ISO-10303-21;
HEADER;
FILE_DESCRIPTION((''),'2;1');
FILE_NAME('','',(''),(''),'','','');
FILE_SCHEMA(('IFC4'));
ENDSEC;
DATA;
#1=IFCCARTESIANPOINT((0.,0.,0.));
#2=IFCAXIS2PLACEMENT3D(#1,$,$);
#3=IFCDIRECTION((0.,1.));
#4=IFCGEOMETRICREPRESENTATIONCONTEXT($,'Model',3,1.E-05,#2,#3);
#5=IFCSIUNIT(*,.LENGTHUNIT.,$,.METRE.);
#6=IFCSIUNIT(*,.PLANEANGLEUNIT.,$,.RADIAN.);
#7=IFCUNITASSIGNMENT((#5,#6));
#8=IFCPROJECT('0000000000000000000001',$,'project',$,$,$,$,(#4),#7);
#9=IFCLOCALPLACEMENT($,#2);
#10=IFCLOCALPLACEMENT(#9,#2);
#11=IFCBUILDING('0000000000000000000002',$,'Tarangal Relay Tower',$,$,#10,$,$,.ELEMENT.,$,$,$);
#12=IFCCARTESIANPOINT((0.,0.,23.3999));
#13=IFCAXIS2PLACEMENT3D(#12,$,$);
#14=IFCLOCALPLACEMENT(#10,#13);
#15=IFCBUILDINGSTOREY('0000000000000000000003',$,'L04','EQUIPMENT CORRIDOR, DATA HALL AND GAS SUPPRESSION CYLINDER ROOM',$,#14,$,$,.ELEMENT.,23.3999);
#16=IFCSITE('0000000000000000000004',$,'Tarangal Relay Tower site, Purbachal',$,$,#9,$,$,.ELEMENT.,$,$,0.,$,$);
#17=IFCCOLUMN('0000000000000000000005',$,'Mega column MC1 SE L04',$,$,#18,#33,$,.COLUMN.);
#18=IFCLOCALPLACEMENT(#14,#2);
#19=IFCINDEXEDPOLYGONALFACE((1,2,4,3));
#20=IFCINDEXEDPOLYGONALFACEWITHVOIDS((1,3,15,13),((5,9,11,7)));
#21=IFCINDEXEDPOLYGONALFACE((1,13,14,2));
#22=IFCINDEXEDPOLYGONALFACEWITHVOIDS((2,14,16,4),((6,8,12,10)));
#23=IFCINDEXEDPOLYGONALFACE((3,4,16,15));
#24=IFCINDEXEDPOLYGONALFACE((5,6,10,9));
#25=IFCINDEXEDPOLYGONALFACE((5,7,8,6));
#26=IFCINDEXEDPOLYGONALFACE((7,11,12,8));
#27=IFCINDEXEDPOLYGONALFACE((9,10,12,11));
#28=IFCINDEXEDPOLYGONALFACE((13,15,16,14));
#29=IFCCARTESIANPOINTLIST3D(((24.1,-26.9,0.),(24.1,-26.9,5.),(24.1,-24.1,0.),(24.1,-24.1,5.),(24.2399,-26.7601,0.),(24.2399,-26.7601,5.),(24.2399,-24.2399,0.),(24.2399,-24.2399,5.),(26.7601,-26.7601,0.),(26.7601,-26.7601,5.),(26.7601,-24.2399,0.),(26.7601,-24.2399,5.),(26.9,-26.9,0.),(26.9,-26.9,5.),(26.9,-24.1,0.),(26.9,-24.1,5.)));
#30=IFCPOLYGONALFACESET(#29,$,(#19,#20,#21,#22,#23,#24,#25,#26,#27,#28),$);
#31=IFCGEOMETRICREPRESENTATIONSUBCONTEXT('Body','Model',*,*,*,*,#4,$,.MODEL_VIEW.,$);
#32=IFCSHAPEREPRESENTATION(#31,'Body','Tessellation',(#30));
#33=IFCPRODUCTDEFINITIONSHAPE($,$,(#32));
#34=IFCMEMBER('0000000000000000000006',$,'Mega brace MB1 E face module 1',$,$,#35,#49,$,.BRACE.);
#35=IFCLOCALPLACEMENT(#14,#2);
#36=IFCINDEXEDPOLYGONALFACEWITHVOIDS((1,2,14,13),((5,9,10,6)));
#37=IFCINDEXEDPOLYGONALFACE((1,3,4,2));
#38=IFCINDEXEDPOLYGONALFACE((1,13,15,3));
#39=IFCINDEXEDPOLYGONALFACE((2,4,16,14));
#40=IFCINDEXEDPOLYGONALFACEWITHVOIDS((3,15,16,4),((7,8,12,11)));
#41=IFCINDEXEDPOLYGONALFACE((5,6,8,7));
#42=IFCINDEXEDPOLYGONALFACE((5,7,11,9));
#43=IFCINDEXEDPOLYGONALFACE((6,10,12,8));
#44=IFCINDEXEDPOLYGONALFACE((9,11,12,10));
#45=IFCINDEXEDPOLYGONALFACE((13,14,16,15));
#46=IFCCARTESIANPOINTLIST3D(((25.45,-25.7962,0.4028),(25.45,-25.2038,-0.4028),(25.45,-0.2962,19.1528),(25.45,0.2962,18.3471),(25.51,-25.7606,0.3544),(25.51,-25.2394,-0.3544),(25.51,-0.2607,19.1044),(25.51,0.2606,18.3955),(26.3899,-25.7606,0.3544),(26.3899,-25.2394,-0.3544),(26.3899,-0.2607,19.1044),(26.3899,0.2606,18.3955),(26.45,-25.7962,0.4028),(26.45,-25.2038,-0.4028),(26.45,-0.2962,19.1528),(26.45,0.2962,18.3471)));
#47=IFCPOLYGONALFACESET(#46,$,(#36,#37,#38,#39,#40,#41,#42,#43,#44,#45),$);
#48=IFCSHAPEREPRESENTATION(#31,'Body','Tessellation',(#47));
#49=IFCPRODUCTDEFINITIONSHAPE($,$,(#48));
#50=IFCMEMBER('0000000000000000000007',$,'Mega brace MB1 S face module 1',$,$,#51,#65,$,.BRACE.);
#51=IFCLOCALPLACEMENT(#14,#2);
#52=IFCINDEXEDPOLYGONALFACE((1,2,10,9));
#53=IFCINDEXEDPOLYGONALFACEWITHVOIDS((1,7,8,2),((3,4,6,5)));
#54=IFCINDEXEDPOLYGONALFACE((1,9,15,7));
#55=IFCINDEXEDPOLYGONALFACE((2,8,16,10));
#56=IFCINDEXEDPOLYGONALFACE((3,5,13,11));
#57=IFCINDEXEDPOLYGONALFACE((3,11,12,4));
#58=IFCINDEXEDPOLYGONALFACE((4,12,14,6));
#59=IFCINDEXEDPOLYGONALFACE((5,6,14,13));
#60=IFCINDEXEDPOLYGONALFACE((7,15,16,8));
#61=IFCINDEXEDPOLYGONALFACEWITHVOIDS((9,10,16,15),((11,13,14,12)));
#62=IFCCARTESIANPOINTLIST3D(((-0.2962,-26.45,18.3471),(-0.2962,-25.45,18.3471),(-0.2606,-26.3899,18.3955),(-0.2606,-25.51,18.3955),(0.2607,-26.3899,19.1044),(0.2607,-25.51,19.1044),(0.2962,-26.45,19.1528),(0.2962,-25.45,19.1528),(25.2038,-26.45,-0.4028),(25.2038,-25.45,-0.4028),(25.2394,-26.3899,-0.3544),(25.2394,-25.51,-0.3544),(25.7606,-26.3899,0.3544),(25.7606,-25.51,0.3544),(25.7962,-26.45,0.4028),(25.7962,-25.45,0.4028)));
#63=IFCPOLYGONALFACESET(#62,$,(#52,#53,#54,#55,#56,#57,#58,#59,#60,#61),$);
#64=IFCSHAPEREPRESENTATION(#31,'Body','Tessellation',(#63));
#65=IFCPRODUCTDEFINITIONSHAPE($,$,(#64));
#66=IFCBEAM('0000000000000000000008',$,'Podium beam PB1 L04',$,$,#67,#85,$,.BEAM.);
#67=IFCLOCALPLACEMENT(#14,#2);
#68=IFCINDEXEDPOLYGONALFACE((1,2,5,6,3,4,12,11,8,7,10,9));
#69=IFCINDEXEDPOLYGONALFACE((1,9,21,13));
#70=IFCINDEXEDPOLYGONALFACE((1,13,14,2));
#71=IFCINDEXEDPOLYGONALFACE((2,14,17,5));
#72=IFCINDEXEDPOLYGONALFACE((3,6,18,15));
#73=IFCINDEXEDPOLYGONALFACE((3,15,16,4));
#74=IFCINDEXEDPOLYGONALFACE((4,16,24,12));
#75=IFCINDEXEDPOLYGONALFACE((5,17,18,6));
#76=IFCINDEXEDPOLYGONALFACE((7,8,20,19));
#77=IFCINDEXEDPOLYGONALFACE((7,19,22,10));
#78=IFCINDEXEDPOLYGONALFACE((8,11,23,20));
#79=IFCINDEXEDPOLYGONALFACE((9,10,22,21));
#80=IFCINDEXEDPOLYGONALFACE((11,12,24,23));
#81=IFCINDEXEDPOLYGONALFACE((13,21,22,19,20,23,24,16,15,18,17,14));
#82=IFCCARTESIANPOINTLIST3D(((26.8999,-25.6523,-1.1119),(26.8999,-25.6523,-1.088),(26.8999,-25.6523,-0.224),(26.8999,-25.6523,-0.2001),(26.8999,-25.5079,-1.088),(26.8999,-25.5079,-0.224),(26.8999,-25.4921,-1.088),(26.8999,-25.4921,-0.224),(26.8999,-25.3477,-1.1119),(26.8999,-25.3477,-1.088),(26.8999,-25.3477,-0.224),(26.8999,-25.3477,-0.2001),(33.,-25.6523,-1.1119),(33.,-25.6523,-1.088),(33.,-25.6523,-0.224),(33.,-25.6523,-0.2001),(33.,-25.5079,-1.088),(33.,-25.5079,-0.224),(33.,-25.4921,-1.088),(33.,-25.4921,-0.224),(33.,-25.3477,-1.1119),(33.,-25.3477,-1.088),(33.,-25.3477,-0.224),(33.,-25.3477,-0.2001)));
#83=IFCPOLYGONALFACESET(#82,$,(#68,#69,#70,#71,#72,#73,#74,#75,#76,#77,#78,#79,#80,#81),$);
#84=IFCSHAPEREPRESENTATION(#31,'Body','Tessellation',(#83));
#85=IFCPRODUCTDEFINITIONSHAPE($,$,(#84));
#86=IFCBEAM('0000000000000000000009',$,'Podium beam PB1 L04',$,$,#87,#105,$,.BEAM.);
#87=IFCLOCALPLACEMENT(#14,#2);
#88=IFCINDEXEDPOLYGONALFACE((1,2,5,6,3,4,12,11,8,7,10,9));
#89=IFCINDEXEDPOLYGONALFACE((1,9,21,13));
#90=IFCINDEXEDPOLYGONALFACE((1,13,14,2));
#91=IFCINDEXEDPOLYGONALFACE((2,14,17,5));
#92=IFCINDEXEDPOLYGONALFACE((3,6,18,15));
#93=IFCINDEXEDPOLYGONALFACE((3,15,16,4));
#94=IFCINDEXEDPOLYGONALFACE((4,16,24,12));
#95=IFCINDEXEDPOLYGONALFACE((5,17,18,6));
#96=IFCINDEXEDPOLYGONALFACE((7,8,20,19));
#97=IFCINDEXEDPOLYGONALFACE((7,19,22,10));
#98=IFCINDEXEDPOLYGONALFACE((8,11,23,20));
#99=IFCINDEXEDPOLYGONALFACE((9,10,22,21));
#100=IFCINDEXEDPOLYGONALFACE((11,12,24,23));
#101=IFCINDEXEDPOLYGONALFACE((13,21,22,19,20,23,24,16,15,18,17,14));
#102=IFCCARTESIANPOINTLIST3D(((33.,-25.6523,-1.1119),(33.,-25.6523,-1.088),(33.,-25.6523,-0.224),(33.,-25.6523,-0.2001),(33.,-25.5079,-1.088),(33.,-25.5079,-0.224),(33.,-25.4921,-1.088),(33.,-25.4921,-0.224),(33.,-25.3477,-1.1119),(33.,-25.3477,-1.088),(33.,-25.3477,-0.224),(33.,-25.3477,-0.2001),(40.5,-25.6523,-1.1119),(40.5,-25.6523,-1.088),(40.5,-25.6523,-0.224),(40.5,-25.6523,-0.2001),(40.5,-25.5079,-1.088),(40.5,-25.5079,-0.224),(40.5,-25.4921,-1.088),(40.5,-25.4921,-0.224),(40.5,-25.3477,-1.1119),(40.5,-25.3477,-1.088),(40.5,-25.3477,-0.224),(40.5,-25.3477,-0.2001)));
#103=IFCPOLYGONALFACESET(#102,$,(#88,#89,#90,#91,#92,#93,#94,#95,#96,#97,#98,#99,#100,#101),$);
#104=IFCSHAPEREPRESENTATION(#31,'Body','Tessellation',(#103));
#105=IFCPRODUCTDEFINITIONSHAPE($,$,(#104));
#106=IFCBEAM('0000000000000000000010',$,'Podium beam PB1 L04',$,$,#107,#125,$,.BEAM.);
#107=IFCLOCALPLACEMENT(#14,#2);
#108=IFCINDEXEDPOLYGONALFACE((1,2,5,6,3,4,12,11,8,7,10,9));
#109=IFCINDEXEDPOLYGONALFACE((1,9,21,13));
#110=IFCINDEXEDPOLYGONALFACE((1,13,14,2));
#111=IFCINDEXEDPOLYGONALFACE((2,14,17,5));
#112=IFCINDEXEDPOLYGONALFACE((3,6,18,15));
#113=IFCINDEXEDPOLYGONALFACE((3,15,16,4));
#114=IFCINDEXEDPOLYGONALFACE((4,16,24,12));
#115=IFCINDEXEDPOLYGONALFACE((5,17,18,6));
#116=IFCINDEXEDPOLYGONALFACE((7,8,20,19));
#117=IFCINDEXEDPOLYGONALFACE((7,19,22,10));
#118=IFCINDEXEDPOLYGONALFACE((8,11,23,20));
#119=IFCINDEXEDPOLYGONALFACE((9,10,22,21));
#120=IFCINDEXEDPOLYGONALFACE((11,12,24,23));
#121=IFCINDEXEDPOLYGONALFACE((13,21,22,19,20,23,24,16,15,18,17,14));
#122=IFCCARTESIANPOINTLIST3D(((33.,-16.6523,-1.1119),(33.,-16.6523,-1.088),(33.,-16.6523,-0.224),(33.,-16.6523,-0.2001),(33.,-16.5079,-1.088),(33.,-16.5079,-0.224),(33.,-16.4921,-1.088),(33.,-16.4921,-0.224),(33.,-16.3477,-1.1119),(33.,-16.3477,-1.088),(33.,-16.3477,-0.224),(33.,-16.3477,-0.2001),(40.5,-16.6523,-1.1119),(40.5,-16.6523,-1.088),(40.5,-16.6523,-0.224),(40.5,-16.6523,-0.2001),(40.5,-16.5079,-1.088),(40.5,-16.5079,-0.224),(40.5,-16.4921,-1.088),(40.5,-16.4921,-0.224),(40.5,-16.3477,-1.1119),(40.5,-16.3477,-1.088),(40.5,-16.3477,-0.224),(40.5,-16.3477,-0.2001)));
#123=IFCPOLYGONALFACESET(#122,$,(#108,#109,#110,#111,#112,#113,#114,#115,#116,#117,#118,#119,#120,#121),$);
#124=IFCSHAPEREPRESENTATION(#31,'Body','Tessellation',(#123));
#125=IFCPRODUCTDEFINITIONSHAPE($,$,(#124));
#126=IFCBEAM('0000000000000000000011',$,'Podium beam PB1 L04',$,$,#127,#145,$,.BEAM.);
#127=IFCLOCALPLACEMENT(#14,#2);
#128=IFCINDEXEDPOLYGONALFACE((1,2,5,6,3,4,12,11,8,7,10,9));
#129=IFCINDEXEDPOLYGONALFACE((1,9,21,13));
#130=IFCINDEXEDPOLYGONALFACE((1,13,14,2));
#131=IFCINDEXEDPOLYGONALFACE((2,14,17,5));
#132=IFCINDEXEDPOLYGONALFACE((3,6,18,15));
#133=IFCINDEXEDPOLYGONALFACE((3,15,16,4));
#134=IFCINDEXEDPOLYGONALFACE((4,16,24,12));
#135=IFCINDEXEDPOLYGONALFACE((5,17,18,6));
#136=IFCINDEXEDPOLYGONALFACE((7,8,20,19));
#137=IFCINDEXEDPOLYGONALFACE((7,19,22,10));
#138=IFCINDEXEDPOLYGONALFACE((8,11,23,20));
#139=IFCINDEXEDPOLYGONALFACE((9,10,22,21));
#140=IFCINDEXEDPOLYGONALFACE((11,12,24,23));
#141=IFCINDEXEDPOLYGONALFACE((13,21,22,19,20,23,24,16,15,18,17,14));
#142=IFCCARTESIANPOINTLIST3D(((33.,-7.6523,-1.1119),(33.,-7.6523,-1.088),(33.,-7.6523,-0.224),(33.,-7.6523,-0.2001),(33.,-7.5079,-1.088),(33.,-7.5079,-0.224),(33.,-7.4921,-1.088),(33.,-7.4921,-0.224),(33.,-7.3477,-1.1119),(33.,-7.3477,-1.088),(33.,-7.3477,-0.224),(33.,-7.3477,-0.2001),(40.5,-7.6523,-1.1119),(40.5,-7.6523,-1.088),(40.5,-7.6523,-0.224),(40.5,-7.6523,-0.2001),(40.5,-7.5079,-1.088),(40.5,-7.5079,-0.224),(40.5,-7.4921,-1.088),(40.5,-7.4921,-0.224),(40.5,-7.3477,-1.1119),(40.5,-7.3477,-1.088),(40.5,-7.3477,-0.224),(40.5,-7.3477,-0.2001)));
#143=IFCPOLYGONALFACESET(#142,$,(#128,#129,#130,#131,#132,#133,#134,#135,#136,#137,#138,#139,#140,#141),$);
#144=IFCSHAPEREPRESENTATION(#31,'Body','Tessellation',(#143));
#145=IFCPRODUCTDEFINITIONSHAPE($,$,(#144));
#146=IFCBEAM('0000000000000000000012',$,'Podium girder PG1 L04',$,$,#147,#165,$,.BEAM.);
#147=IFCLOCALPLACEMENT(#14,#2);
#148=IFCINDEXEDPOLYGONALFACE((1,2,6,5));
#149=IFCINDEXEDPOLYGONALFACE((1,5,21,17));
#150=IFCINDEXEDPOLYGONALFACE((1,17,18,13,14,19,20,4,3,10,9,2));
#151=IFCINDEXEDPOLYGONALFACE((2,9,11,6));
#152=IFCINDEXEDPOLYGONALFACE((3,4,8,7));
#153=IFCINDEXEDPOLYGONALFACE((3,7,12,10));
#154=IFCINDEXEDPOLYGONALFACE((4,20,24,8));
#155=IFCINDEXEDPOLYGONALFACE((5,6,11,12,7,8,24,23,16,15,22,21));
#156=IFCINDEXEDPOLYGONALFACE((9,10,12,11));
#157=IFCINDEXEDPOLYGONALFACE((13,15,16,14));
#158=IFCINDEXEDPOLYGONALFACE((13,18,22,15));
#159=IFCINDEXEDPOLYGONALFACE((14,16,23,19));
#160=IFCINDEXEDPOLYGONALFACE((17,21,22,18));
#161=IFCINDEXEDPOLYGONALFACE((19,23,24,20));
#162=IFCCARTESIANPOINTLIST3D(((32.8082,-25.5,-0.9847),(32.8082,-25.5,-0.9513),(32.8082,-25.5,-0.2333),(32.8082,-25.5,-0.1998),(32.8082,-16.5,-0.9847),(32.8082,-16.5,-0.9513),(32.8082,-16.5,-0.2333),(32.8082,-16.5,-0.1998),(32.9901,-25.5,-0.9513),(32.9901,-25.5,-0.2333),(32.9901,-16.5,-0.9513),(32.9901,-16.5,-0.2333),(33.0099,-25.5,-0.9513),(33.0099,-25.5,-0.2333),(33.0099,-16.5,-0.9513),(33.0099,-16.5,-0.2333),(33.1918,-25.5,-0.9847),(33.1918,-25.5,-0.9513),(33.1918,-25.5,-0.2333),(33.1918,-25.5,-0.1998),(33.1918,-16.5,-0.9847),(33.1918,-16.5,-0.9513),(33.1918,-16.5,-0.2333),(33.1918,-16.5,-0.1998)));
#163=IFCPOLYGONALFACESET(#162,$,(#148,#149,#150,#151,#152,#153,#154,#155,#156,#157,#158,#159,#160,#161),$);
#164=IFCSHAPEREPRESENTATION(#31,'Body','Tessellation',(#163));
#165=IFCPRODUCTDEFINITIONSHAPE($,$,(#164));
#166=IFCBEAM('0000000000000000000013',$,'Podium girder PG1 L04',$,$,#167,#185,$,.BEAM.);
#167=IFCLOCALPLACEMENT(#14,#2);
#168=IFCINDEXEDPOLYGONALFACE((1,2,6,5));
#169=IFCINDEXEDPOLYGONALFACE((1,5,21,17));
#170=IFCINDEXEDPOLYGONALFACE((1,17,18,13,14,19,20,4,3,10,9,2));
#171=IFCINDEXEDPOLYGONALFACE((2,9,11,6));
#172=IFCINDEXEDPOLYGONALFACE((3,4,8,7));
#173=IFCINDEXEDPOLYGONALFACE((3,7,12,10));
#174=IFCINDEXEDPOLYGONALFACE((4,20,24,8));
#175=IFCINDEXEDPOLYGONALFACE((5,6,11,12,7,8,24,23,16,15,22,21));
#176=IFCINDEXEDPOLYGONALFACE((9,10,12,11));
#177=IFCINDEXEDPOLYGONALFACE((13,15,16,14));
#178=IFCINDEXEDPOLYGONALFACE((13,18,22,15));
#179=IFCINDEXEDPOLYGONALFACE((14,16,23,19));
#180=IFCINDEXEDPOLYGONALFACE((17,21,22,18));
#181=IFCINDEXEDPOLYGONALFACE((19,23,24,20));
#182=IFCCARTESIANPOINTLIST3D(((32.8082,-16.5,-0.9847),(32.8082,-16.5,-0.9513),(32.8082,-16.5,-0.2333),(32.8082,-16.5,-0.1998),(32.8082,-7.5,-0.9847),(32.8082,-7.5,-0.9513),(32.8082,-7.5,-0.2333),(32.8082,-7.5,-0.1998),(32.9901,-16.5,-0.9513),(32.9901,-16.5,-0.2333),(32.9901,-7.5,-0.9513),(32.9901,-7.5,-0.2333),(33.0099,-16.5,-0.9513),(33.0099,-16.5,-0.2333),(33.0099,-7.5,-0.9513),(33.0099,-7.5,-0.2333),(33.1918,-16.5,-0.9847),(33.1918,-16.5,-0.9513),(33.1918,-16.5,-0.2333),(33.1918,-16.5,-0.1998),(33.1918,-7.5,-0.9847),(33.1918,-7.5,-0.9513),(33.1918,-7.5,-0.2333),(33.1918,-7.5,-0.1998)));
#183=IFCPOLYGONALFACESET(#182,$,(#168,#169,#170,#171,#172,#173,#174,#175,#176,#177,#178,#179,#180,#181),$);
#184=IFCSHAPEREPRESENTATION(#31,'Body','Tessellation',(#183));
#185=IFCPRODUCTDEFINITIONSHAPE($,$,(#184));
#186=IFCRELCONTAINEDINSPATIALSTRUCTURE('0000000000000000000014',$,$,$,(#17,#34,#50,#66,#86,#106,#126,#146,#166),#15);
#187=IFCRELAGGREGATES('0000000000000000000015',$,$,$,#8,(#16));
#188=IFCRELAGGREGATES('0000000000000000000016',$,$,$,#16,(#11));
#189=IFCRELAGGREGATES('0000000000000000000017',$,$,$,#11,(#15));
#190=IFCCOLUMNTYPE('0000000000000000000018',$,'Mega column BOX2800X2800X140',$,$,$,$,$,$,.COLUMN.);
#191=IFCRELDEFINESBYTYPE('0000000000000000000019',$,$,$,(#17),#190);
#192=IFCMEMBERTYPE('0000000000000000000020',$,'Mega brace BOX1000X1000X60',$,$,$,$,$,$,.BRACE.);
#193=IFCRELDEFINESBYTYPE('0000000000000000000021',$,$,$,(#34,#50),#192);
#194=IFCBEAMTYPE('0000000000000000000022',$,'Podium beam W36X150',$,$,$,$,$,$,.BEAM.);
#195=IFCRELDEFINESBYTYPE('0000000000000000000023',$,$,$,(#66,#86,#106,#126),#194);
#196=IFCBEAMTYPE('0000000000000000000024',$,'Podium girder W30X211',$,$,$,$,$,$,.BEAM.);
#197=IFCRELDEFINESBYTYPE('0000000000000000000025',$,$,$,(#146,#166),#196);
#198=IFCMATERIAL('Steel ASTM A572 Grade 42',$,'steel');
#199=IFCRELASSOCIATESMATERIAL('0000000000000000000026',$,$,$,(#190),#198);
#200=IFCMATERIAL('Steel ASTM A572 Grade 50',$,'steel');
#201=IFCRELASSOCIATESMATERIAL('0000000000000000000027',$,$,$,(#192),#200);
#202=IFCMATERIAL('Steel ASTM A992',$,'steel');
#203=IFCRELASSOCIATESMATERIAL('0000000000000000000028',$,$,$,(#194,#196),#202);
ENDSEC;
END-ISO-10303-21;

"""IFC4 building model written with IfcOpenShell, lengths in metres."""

from ifc_helpers import new_model, si_unit, direction, frame, origin, origin_2d, place, context, subcontext, project, spatial, hollow_rectangle, i_section, extrude, material, material_profile, profile_set, type_object, element, save


model = new_model("IFC4")

# Units and contexts
model_context = context("Model", 3, precision=1e-05, world=origin(), true_north=direction((0.0, 1.0)))
body_context = subcontext(model_context, "Body", "Model", "MODEL_VIEW")
ifc_project = project(units=[si_unit("LENGTHUNIT", "METRE"), si_unit("PLANEANGLEUNIT", "RADIAN")], contexts=[model_context])

# Site, building, storey
site_placement = place(None, origin())
site = spatial("IfcSite", under=ifc_project, at=site_placement, Name="Tarangal Relay Tower site, Purbachal", CompositionType="ELEMENT", RefElevation=0.0)
building_placement = place(site_placement, origin())
building = spatial("IfcBuilding", under=site, at=building_placement, Name="Tarangal Relay Tower", CompositionType="ELEMENT")
storey_placement = place(building_placement, frame((0.0, 0.0, 23.3999)))
storey = spatial("IfcBuildingStorey", under=building, at=storey_placement, Name="L04", Description="EQUIPMENT CORRIDOR, DATA HALL AND GAS SUPPRESSION CYLINDER ROOM", CompositionType="ELEMENT", Elevation=23.3999)

# Column
ifc_material_1 = material(Name="Steel ASTM A572 Grade 42", Category="steel")
ifc_material_profile_1 = material_profile(ifc_material_1, hollow_rectangle(XDim=2.8, YDim=2.8, WallThickness=0.1399, at=origin_2d()), Name="BOX2800X2800X140")
ifc_profile_set_1 = profile_set([ifc_material_profile_1], Name="Steel ASTM A572 Grade 42")
column_type = type_object("IfcColumnType", Name="Mega column BOX2800X2800X140", PredefinedType="COLUMN", material=ifc_profile_set_1)
column_placement = place(storey_placement, frame((25.5, -25.5, 0.0), z_axis=(0.0, 0.0, 1.0), x_axis=(1.0, 0.0, 0.0)))
element("IfcColumn", 1, at=column_placement, inside=storey, type_object=column_type, Name="Mega column MC1 SE L04", PredefinedType="COLUMN", context=body_context, shape_type="SweptSolid", body=[
    extrude(hollow_rectangle(XDim=2.8, YDim=2.8, WallThickness=0.1399, at=origin_2d()), origin(), (0.0, 0.0, 1.0), 5.0),
])

# Members
ifc_material_2 = material(Name="Steel ASTM A572 Grade 50", Category="steel")
ifc_material_profile_2 = material_profile(ifc_material_2, hollow_rectangle(XDim=1.0, YDim=1.0, WallThickness=0.0601, at=origin_2d()), Name="BOX1000X1000X60")
ifc_profile_set_2 = profile_set([ifc_material_profile_2], Name="Steel ASTM A572 Grade 50")
member_type = type_object("IfcMemberType", Name="Mega brace BOX1000X1000X60", PredefinedType="BRACE", material=ifc_profile_set_2)
for number, where, z_axis, x_axis, name in (
    (2, (25.95, -25.5, 0.0), (0.0, 0.805651, 0.59239), (-1.0, 0.0, 0.0), "Mega brace MB1 E face module 1"),
    (3, (25.5, -25.95, 0.0), (-0.805651, 0.0, 0.59239), (0.0, -1.0, 0.0), "Mega brace MB1 S face module 1"),
):
    element("IfcMember", number, at=place(storey_placement, frame(where, z_axis=z_axis, x_axis=x_axis)), inside=storey, type_object=member_type, Name=name, PredefinedType="BRACE", context=body_context, shape_type="SweptSolid", body=[
        extrude(hollow_rectangle(XDim=1.0, YDim=1.0, WallThickness=0.0601, at=origin_2d()), origin(), (0.0, 0.0, 1.0), 31.6514),
    ])

# Beams
ifc_material_3 = material(Name="Steel ASTM A992", Category="steel")
ifc_material_profile_3 = material_profile(ifc_material_3, i_section(OverallWidth=0.3047, OverallDepth=0.9119, WebThickness=0.0159, FlangeThickness=0.0239, at=origin_2d()), Name="W36X150")
ifc_profile_set_3 = profile_set([ifc_material_profile_3], Name="Steel ASTM A992")
beam_type_1 = type_object("IfcBeamType", Name="Podium beam W36X150", PredefinedType="BEAM", material=ifc_profile_set_3)
beam_1_placement = place(storey_placement, frame((26.8999, -25.5, -0.656), z_axis=(1.0, 0.0, 0.0), x_axis=(0.0, 1.0, 0.0)))
element("IfcBeam", 4, at=beam_1_placement, inside=storey, type_object=beam_type_1, Name="Podium beam PB1 L04", PredefinedType="BEAM", context=body_context, shape_type="SweptSolid", body=[
    extrude(i_section(OverallWidth=0.3047, OverallDepth=0.9119, WebThickness=0.0159, FlangeThickness=0.0239, at=origin_2d()), origin(), (0.0, 0.0, 1.0), 6.1001),
])
for number, where, z_axis, x_axis, name in (
    (5, (33.0, -25.5, -0.656), (1.0, 0.0, 0.0), (0.0, 1.0, 0.0), "Podium beam PB1 L04"),
    (6, (33.0, -16.5, -0.656), (1.0, 0.0, 0.0), (0.0, 1.0, 0.0), "Podium beam PB1 L04"),
    (7, (33.0, -7.5, -0.656), (1.0, 0.0, 0.0), (0.0, 1.0, 0.0), "Podium beam PB1 L04"),
):
    element("IfcBeam", number, at=place(storey_placement, frame(where, z_axis=z_axis, x_axis=x_axis)), inside=storey, type_object=beam_type_1, Name=name, PredefinedType="BEAM", context=body_context, shape_type="SweptSolid", body=[
        extrude(i_section(OverallWidth=0.3047, OverallDepth=0.9119, WebThickness=0.0159, FlangeThickness=0.0239, at=origin_2d()), origin(), (0.0, 0.0, 1.0), 7.5),
    ])
ifc_material_profile_4 = material_profile(ifc_material_3, i_section(OverallWidth=0.3835, OverallDepth=0.7849, WebThickness=0.0198, FlangeThickness=0.0334, at=origin_2d()), Name="W30X211")
ifc_profile_set_4 = profile_set([ifc_material_profile_4], Name="Steel ASTM A992")
beam_type_2 = type_object("IfcBeamType", Name="Podium girder W30X211", PredefinedType="BEAM", material=ifc_profile_set_4)
for number, where, z_axis, x_axis, name in (
    (8, (33.0, -25.5, -0.5923), (0.0, 1.0, 0.0), (-1.0, 0.0, 0.0), "Podium girder PG1 L04"),
    (9, (33.0, -16.5, -0.5923), (0.0, 1.0, 0.0), (-1.0, 0.0, 0.0), "Podium girder PG1 L04"),
):
    element("IfcBeam", number, at=place(storey_placement, frame(where, z_axis=z_axis, x_axis=x_axis)), inside=storey, type_object=beam_type_2, Name=name, PredefinedType="BEAM", context=body_context, shape_type="SweptSolid", body=[
        extrude(i_section(OverallWidth=0.3835, OverallDepth=0.7849, WebThickness=0.0198, FlangeThickness=0.0334, at=origin_2d()), origin(), (0.0, 0.0, 1.0), 9.0),
    ])

save(model, "model.ifc")
